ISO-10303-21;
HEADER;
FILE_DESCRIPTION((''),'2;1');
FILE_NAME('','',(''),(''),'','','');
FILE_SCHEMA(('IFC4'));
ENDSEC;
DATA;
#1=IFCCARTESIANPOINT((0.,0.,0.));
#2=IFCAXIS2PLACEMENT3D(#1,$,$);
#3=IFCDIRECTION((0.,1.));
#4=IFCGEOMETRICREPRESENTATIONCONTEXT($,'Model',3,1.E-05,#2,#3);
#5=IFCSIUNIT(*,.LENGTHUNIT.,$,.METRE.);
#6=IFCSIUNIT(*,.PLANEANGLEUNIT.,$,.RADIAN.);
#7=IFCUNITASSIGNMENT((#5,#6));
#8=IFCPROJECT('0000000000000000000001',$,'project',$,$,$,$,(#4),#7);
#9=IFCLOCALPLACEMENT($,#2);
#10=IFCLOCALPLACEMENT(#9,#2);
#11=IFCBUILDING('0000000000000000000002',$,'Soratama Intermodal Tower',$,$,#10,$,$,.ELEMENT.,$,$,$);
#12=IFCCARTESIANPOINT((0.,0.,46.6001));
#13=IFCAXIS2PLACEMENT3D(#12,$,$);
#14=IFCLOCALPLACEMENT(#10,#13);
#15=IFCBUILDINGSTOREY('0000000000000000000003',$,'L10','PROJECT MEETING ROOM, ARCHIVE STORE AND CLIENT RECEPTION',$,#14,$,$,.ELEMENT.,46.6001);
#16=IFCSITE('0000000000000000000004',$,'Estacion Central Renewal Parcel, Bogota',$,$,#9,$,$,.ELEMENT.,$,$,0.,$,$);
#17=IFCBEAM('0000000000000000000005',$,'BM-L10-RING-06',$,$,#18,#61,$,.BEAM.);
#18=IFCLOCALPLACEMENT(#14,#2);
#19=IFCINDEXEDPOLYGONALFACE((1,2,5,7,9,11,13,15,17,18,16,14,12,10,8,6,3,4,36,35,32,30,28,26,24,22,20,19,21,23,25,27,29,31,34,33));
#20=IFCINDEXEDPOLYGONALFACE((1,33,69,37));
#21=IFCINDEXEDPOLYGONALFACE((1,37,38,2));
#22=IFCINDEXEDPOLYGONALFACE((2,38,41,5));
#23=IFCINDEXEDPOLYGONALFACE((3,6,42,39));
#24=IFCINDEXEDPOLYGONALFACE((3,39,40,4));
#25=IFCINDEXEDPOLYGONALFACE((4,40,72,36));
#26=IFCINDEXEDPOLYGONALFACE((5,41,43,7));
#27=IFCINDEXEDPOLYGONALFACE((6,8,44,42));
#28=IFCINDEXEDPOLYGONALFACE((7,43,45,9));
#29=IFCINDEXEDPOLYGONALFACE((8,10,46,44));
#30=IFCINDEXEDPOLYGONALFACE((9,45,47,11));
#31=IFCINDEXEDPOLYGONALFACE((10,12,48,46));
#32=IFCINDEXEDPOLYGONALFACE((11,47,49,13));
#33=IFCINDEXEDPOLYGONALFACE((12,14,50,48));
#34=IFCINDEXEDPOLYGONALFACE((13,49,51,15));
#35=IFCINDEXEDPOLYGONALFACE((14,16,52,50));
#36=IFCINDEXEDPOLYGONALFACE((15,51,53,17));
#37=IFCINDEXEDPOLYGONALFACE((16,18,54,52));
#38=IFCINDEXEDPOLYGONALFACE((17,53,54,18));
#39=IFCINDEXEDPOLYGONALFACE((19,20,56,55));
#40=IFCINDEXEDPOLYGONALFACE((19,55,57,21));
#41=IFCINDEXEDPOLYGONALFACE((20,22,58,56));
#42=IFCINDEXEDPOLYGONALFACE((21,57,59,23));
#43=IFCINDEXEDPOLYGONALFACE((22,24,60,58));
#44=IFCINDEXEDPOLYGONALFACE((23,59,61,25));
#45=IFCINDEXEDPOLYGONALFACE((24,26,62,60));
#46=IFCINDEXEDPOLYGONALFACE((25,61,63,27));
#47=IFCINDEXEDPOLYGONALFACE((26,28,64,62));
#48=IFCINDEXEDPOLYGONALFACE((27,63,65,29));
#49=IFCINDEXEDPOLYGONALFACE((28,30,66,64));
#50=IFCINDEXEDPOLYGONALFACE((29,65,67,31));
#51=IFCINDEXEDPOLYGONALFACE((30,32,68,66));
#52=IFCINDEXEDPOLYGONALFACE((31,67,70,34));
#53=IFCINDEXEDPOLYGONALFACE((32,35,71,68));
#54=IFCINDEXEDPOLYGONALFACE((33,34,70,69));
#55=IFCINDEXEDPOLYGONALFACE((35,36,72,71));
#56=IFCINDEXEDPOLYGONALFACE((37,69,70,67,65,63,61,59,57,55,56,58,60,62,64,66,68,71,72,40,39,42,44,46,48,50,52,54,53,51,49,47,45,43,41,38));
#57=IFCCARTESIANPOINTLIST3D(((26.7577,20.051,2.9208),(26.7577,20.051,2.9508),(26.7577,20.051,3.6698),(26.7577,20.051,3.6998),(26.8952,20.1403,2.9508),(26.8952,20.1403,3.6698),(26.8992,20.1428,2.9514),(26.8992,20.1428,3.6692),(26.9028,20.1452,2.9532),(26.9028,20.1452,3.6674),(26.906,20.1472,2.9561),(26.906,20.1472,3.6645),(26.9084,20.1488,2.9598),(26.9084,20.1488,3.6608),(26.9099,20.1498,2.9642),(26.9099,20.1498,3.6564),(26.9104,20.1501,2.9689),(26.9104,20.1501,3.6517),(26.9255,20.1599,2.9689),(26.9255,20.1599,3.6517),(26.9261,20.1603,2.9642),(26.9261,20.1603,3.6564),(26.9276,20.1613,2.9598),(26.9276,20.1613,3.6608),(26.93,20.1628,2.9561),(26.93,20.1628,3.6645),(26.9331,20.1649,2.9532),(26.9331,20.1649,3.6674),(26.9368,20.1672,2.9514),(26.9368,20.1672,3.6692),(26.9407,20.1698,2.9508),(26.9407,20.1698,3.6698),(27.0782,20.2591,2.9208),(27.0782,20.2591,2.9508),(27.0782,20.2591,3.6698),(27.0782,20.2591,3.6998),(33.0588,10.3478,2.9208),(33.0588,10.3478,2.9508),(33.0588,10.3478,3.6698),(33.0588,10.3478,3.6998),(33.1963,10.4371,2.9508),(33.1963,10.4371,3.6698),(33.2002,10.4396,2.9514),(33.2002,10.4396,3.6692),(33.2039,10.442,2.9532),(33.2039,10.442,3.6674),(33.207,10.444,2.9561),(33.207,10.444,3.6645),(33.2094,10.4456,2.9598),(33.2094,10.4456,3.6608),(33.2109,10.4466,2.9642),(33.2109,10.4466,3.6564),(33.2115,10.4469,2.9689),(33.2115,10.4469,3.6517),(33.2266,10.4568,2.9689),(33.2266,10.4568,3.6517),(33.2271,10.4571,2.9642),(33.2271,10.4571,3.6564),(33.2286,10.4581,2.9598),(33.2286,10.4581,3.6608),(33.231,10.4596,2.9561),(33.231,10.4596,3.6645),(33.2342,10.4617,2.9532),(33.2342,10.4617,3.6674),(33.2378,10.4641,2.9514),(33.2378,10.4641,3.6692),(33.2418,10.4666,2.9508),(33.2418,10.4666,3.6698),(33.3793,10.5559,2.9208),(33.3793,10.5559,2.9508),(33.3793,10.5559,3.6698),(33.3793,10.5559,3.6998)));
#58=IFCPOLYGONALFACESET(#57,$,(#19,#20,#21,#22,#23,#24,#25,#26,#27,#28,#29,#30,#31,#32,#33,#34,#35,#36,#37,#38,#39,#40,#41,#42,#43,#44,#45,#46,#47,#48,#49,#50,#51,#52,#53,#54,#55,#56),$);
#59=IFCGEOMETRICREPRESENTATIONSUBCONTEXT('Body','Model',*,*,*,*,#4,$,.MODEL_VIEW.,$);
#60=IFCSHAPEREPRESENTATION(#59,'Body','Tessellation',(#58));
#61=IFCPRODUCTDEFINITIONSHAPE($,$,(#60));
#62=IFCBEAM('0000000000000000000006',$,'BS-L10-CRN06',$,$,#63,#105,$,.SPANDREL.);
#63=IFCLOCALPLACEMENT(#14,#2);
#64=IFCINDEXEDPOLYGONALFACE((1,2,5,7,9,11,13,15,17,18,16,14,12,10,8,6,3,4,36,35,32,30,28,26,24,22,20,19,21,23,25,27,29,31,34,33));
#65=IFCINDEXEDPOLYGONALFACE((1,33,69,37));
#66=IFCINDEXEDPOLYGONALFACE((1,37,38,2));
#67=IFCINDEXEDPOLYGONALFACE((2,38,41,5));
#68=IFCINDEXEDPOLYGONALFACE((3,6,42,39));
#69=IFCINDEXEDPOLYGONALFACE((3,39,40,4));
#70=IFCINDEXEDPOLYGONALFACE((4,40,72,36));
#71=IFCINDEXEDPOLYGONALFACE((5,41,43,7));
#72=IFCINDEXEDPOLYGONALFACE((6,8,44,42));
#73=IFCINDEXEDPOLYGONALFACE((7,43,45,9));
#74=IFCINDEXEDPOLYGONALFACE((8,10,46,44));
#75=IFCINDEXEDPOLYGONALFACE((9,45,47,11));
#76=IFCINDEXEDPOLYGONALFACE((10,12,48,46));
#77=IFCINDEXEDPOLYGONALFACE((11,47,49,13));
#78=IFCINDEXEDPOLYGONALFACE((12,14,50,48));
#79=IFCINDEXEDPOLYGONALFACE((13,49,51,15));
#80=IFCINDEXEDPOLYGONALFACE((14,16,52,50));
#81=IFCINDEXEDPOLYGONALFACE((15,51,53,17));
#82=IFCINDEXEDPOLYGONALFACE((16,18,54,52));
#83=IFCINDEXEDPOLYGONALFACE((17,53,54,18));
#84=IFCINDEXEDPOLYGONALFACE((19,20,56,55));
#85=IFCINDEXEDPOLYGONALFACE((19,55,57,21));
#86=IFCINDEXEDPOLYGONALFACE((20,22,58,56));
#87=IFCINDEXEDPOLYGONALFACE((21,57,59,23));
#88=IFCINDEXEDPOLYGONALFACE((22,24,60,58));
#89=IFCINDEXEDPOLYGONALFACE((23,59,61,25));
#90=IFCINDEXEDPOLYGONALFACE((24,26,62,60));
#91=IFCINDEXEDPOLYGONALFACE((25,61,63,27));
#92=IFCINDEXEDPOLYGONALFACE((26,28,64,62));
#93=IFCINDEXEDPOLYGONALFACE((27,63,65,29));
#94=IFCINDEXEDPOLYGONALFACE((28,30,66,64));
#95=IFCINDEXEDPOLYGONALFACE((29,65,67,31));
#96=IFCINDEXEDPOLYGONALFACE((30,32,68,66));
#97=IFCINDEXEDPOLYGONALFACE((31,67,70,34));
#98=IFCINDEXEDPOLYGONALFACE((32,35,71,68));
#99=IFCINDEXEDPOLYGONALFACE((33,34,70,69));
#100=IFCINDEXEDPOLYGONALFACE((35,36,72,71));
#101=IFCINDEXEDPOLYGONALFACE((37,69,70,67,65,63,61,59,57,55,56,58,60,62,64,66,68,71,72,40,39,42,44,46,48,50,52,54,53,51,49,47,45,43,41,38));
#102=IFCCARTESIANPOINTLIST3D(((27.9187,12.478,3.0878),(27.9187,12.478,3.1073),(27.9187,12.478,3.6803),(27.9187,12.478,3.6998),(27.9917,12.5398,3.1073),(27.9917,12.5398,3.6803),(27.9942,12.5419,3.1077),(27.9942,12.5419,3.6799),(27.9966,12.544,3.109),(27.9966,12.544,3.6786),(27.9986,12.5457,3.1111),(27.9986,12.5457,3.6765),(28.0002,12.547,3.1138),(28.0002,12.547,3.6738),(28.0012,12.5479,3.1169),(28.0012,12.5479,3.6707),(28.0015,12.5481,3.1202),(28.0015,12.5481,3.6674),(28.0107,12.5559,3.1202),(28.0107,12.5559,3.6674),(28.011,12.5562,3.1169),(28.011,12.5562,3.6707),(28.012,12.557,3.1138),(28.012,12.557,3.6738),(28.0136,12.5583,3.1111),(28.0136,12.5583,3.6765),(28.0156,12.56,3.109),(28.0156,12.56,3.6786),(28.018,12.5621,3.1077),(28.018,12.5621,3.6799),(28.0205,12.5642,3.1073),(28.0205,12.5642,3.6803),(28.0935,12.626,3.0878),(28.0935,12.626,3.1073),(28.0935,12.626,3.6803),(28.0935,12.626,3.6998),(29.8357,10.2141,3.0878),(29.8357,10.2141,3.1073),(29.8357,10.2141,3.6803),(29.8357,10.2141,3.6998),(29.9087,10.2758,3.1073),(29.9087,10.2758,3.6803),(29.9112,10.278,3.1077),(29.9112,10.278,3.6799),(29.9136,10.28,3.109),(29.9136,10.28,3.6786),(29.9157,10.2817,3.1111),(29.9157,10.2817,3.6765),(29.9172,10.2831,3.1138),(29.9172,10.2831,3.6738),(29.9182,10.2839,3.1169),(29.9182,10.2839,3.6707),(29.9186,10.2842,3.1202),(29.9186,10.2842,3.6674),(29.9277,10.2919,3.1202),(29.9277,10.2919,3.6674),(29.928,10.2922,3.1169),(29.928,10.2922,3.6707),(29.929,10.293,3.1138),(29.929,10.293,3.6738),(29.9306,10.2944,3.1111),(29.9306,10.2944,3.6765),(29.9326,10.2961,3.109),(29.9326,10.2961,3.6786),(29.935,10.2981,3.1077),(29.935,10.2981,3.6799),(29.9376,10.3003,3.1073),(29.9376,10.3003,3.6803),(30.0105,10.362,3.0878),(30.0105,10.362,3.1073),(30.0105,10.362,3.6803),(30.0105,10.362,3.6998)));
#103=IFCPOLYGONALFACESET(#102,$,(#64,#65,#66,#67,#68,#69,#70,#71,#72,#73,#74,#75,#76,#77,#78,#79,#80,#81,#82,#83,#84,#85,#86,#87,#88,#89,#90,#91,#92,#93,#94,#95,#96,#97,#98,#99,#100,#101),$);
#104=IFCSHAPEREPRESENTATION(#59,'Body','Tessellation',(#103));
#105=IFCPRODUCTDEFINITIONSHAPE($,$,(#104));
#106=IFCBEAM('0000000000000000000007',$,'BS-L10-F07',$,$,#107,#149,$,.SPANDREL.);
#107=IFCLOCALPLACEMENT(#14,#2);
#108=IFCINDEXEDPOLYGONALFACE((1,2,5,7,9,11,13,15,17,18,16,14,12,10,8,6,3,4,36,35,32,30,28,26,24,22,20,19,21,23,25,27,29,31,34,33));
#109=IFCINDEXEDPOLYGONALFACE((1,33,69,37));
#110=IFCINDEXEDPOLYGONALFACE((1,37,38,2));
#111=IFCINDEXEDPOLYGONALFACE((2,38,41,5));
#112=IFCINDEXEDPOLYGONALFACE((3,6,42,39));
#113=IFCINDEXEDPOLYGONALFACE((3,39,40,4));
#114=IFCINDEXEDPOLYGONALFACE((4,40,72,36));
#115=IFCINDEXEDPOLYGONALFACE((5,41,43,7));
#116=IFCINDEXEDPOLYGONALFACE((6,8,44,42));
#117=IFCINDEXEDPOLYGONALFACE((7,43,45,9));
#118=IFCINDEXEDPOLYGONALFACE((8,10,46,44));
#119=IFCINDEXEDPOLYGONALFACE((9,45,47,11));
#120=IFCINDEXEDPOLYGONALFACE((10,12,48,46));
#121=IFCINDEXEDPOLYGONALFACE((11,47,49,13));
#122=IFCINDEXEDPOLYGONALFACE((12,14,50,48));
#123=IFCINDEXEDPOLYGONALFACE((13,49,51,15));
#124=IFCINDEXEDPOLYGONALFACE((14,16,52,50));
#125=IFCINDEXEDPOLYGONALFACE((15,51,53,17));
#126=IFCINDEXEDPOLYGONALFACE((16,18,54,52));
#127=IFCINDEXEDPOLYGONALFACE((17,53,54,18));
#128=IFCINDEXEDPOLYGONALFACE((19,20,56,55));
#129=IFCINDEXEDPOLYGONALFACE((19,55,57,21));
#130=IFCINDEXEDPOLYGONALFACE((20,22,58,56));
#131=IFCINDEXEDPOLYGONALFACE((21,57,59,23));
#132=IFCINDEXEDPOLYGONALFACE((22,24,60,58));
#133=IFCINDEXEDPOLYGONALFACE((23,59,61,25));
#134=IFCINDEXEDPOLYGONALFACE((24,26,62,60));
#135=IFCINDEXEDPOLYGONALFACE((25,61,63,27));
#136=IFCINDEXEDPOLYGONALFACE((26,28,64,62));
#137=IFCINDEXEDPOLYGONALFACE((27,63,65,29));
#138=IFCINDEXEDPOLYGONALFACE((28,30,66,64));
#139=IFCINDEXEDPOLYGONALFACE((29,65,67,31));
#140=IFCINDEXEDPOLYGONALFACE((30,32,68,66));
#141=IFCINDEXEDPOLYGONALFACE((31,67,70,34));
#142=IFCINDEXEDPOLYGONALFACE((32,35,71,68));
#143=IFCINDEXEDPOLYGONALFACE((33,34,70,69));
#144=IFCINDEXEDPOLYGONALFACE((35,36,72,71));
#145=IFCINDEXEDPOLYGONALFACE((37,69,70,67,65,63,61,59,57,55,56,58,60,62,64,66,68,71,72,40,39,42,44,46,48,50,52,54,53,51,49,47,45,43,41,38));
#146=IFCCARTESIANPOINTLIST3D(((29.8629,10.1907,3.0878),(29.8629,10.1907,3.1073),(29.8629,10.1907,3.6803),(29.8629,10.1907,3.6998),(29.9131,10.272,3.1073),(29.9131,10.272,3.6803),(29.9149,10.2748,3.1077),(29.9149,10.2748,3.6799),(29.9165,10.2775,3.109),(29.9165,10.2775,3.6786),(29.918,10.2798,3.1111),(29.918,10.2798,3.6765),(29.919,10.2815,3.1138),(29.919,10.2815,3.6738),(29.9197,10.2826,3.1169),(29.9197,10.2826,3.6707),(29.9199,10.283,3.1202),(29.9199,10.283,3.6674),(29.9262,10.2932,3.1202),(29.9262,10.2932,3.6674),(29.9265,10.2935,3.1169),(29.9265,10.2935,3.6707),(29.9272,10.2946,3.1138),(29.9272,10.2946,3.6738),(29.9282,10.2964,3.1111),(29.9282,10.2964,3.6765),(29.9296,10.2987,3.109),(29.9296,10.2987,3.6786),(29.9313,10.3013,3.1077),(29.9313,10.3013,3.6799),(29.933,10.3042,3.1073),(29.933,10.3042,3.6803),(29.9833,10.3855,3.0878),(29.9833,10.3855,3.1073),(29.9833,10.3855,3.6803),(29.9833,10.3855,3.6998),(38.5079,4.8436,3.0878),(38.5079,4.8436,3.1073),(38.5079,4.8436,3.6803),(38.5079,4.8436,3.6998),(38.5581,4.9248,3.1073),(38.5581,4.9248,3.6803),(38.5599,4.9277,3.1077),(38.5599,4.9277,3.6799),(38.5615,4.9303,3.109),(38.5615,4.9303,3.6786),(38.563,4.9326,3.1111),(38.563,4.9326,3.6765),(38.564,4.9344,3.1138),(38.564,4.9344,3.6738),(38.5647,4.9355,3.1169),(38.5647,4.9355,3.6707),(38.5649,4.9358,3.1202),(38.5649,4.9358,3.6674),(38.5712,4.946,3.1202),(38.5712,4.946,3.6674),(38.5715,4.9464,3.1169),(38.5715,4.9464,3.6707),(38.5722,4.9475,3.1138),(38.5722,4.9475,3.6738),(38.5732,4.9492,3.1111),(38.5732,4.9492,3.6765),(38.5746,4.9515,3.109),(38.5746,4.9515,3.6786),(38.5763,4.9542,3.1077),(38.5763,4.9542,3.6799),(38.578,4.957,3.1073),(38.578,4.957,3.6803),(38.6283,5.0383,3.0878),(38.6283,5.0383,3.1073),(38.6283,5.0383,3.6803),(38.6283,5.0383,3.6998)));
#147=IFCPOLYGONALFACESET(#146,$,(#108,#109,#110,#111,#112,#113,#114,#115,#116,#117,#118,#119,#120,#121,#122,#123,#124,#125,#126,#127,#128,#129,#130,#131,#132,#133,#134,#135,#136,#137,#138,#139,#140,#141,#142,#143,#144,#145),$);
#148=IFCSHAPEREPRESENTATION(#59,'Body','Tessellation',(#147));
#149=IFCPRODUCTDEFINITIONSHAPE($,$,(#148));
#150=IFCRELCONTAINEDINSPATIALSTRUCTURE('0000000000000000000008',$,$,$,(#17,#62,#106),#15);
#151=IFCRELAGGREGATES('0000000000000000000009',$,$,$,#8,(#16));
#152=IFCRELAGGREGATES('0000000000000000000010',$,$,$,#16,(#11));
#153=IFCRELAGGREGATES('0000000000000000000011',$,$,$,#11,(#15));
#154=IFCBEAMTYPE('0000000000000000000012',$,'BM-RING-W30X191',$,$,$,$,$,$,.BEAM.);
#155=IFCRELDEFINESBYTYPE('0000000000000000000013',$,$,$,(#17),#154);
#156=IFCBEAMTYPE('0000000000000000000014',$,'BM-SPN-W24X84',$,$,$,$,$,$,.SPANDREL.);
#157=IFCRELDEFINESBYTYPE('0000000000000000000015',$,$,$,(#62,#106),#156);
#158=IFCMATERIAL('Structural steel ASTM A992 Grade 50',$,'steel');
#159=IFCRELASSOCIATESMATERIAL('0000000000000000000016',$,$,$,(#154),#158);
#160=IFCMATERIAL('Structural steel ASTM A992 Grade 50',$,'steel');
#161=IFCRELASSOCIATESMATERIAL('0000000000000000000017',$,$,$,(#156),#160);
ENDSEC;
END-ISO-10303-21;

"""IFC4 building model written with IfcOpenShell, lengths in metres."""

from ifc_helpers import new_model, si_unit, direction, frame, origin, origin_2d, place, context, subcontext, project, spatial, i_section, extrude, material, material_profile, profile_set, type_object, element, save


model = new_model("IFC4")

# Units and contexts
model_context = context("Model", 3, precision=1e-05, world=origin(), true_north=direction((0.0, 1.0)))
body_context = subcontext(model_context, "Body", "Model", "MODEL_VIEW")
ifc_project = project(units=[si_unit("LENGTHUNIT", "METRE"), si_unit("PLANEANGLEUNIT", "RADIAN")], contexts=[model_context])

# Site, building, storey
site_placement = place(None, origin())
site = spatial("IfcSite", under=ifc_project, at=site_placement, Name="Estacion Central Renewal Parcel, Bogota", CompositionType="ELEMENT", RefElevation=0.0)
building_placement = place(site_placement, origin())
building = spatial("IfcBuilding", under=site, at=building_placement, Name="Soratama Intermodal Tower", CompositionType="ELEMENT")
storey_placement = place(building_placement, frame((0.0, 0.0, 46.6001)))
storey = spatial("IfcBuildingStorey", under=building, at=storey_placement, Name="L10", Description="PROJECT MEETING ROOM, ARCHIVE STORE AND CLIENT RECEPTION", CompositionType="ELEMENT", Elevation=46.6001)

# Beams
ifc_material_1 = material(Name="Structural steel ASTM A992 Grade 50", Category="steel")
ifc_material_profile_1 = material_profile(ifc_material_1, i_section(OverallWidth=0.3821, OverallDepth=0.7791, WebThickness=0.0181, FlangeThickness=0.03, FilletRadius=0.0181, at=origin_2d()), Name="W30X191")
ifc_profile_set_1 = profile_set([ifc_material_profile_1], Name="Structural steel ASTM A992 Grade 50")
beam_type_1 = type_object("IfcBeamType", Name="BM-RING-W30X191", PredefinedType="BEAM", material=ifc_profile_set_1)
beam_1_placement = place(storey_placement, frame((26.918, 20.155, 3.3103), z_axis=(0.544623, -0.838681, 0.0), x_axis=(0.838681, 0.544623, 0.0)))
element("IfcBeam", 1, at=beam_1_placement, inside=storey, type_object=beam_type_1, Name="BM-L10-RING-06", PredefinedType="BEAM", context=body_context, shape_type="SweptSolid", body=[
    extrude(i_section(OverallWidth=0.3821, OverallDepth=0.7791, WebThickness=0.0181, FlangeThickness=0.03, FilletRadius=0.0181, at=origin_2d()), origin(), (0.0, 0.0, 1.0), 11.5696),
])
ifc_material_2 = material(Name="Structural steel ASTM A992 Grade 50", Category="steel")
ifc_material_profile_2 = material_profile(ifc_material_2, i_section(OverallWidth=0.229, OverallDepth=0.6121, WebThickness=0.012, FlangeThickness=0.0195, FilletRadius=0.0129, at=origin_2d()), Name="W24X84")
ifc_profile_set_2 = profile_set([ifc_material_profile_2], Name="Structural steel ASTM A992 Grade 50")
beam_type_2 = type_object("IfcBeamType", Name="BM-SPN-W24X84", PredefinedType="SPANDREL", material=ifc_profile_set_2)
beam_2_placement = place(storey_placement, frame((28.0061, 12.552, 3.3938), z_axis=(0.646212, -0.763158, 0.0), x_axis=(0.763158, 0.646212, 0.0)))
element("IfcBeam", 2, at=beam_2_placement, inside=storey, type_object=beam_type_2, Name="BS-L10-CRN06", PredefinedType="SPANDREL", context=body_context, shape_type="SweptSolid", body=[
    extrude(i_section(OverallWidth=0.229, OverallDepth=0.6121, WebThickness=0.012, FlangeThickness=0.0195, FilletRadius=0.0129, at=origin_2d()), origin(), (0.0, 0.0, 1.0), 2.9666),
])
beam_3_placement = place(storey_placement, frame((29.9231, 10.2881, 3.3938), z_axis=(0.850464, -0.526034, 0.0), x_axis=(0.526034, 0.850464, 0.0)))
element("IfcBeam", 3, at=beam_3_placement, inside=storey, type_object=beam_type_2, Name="BS-L10-F07", PredefinedType="SPANDREL", context=body_context, shape_type="SweptSolid", body=[
    extrude(i_section(OverallWidth=0.229, OverallDepth=0.6121, WebThickness=0.012, FlangeThickness=0.0195, FilletRadius=0.0129, at=origin_2d()), origin(), (0.0, 0.0, 1.0), 10.165),
])

save(model, "model.ifc")
